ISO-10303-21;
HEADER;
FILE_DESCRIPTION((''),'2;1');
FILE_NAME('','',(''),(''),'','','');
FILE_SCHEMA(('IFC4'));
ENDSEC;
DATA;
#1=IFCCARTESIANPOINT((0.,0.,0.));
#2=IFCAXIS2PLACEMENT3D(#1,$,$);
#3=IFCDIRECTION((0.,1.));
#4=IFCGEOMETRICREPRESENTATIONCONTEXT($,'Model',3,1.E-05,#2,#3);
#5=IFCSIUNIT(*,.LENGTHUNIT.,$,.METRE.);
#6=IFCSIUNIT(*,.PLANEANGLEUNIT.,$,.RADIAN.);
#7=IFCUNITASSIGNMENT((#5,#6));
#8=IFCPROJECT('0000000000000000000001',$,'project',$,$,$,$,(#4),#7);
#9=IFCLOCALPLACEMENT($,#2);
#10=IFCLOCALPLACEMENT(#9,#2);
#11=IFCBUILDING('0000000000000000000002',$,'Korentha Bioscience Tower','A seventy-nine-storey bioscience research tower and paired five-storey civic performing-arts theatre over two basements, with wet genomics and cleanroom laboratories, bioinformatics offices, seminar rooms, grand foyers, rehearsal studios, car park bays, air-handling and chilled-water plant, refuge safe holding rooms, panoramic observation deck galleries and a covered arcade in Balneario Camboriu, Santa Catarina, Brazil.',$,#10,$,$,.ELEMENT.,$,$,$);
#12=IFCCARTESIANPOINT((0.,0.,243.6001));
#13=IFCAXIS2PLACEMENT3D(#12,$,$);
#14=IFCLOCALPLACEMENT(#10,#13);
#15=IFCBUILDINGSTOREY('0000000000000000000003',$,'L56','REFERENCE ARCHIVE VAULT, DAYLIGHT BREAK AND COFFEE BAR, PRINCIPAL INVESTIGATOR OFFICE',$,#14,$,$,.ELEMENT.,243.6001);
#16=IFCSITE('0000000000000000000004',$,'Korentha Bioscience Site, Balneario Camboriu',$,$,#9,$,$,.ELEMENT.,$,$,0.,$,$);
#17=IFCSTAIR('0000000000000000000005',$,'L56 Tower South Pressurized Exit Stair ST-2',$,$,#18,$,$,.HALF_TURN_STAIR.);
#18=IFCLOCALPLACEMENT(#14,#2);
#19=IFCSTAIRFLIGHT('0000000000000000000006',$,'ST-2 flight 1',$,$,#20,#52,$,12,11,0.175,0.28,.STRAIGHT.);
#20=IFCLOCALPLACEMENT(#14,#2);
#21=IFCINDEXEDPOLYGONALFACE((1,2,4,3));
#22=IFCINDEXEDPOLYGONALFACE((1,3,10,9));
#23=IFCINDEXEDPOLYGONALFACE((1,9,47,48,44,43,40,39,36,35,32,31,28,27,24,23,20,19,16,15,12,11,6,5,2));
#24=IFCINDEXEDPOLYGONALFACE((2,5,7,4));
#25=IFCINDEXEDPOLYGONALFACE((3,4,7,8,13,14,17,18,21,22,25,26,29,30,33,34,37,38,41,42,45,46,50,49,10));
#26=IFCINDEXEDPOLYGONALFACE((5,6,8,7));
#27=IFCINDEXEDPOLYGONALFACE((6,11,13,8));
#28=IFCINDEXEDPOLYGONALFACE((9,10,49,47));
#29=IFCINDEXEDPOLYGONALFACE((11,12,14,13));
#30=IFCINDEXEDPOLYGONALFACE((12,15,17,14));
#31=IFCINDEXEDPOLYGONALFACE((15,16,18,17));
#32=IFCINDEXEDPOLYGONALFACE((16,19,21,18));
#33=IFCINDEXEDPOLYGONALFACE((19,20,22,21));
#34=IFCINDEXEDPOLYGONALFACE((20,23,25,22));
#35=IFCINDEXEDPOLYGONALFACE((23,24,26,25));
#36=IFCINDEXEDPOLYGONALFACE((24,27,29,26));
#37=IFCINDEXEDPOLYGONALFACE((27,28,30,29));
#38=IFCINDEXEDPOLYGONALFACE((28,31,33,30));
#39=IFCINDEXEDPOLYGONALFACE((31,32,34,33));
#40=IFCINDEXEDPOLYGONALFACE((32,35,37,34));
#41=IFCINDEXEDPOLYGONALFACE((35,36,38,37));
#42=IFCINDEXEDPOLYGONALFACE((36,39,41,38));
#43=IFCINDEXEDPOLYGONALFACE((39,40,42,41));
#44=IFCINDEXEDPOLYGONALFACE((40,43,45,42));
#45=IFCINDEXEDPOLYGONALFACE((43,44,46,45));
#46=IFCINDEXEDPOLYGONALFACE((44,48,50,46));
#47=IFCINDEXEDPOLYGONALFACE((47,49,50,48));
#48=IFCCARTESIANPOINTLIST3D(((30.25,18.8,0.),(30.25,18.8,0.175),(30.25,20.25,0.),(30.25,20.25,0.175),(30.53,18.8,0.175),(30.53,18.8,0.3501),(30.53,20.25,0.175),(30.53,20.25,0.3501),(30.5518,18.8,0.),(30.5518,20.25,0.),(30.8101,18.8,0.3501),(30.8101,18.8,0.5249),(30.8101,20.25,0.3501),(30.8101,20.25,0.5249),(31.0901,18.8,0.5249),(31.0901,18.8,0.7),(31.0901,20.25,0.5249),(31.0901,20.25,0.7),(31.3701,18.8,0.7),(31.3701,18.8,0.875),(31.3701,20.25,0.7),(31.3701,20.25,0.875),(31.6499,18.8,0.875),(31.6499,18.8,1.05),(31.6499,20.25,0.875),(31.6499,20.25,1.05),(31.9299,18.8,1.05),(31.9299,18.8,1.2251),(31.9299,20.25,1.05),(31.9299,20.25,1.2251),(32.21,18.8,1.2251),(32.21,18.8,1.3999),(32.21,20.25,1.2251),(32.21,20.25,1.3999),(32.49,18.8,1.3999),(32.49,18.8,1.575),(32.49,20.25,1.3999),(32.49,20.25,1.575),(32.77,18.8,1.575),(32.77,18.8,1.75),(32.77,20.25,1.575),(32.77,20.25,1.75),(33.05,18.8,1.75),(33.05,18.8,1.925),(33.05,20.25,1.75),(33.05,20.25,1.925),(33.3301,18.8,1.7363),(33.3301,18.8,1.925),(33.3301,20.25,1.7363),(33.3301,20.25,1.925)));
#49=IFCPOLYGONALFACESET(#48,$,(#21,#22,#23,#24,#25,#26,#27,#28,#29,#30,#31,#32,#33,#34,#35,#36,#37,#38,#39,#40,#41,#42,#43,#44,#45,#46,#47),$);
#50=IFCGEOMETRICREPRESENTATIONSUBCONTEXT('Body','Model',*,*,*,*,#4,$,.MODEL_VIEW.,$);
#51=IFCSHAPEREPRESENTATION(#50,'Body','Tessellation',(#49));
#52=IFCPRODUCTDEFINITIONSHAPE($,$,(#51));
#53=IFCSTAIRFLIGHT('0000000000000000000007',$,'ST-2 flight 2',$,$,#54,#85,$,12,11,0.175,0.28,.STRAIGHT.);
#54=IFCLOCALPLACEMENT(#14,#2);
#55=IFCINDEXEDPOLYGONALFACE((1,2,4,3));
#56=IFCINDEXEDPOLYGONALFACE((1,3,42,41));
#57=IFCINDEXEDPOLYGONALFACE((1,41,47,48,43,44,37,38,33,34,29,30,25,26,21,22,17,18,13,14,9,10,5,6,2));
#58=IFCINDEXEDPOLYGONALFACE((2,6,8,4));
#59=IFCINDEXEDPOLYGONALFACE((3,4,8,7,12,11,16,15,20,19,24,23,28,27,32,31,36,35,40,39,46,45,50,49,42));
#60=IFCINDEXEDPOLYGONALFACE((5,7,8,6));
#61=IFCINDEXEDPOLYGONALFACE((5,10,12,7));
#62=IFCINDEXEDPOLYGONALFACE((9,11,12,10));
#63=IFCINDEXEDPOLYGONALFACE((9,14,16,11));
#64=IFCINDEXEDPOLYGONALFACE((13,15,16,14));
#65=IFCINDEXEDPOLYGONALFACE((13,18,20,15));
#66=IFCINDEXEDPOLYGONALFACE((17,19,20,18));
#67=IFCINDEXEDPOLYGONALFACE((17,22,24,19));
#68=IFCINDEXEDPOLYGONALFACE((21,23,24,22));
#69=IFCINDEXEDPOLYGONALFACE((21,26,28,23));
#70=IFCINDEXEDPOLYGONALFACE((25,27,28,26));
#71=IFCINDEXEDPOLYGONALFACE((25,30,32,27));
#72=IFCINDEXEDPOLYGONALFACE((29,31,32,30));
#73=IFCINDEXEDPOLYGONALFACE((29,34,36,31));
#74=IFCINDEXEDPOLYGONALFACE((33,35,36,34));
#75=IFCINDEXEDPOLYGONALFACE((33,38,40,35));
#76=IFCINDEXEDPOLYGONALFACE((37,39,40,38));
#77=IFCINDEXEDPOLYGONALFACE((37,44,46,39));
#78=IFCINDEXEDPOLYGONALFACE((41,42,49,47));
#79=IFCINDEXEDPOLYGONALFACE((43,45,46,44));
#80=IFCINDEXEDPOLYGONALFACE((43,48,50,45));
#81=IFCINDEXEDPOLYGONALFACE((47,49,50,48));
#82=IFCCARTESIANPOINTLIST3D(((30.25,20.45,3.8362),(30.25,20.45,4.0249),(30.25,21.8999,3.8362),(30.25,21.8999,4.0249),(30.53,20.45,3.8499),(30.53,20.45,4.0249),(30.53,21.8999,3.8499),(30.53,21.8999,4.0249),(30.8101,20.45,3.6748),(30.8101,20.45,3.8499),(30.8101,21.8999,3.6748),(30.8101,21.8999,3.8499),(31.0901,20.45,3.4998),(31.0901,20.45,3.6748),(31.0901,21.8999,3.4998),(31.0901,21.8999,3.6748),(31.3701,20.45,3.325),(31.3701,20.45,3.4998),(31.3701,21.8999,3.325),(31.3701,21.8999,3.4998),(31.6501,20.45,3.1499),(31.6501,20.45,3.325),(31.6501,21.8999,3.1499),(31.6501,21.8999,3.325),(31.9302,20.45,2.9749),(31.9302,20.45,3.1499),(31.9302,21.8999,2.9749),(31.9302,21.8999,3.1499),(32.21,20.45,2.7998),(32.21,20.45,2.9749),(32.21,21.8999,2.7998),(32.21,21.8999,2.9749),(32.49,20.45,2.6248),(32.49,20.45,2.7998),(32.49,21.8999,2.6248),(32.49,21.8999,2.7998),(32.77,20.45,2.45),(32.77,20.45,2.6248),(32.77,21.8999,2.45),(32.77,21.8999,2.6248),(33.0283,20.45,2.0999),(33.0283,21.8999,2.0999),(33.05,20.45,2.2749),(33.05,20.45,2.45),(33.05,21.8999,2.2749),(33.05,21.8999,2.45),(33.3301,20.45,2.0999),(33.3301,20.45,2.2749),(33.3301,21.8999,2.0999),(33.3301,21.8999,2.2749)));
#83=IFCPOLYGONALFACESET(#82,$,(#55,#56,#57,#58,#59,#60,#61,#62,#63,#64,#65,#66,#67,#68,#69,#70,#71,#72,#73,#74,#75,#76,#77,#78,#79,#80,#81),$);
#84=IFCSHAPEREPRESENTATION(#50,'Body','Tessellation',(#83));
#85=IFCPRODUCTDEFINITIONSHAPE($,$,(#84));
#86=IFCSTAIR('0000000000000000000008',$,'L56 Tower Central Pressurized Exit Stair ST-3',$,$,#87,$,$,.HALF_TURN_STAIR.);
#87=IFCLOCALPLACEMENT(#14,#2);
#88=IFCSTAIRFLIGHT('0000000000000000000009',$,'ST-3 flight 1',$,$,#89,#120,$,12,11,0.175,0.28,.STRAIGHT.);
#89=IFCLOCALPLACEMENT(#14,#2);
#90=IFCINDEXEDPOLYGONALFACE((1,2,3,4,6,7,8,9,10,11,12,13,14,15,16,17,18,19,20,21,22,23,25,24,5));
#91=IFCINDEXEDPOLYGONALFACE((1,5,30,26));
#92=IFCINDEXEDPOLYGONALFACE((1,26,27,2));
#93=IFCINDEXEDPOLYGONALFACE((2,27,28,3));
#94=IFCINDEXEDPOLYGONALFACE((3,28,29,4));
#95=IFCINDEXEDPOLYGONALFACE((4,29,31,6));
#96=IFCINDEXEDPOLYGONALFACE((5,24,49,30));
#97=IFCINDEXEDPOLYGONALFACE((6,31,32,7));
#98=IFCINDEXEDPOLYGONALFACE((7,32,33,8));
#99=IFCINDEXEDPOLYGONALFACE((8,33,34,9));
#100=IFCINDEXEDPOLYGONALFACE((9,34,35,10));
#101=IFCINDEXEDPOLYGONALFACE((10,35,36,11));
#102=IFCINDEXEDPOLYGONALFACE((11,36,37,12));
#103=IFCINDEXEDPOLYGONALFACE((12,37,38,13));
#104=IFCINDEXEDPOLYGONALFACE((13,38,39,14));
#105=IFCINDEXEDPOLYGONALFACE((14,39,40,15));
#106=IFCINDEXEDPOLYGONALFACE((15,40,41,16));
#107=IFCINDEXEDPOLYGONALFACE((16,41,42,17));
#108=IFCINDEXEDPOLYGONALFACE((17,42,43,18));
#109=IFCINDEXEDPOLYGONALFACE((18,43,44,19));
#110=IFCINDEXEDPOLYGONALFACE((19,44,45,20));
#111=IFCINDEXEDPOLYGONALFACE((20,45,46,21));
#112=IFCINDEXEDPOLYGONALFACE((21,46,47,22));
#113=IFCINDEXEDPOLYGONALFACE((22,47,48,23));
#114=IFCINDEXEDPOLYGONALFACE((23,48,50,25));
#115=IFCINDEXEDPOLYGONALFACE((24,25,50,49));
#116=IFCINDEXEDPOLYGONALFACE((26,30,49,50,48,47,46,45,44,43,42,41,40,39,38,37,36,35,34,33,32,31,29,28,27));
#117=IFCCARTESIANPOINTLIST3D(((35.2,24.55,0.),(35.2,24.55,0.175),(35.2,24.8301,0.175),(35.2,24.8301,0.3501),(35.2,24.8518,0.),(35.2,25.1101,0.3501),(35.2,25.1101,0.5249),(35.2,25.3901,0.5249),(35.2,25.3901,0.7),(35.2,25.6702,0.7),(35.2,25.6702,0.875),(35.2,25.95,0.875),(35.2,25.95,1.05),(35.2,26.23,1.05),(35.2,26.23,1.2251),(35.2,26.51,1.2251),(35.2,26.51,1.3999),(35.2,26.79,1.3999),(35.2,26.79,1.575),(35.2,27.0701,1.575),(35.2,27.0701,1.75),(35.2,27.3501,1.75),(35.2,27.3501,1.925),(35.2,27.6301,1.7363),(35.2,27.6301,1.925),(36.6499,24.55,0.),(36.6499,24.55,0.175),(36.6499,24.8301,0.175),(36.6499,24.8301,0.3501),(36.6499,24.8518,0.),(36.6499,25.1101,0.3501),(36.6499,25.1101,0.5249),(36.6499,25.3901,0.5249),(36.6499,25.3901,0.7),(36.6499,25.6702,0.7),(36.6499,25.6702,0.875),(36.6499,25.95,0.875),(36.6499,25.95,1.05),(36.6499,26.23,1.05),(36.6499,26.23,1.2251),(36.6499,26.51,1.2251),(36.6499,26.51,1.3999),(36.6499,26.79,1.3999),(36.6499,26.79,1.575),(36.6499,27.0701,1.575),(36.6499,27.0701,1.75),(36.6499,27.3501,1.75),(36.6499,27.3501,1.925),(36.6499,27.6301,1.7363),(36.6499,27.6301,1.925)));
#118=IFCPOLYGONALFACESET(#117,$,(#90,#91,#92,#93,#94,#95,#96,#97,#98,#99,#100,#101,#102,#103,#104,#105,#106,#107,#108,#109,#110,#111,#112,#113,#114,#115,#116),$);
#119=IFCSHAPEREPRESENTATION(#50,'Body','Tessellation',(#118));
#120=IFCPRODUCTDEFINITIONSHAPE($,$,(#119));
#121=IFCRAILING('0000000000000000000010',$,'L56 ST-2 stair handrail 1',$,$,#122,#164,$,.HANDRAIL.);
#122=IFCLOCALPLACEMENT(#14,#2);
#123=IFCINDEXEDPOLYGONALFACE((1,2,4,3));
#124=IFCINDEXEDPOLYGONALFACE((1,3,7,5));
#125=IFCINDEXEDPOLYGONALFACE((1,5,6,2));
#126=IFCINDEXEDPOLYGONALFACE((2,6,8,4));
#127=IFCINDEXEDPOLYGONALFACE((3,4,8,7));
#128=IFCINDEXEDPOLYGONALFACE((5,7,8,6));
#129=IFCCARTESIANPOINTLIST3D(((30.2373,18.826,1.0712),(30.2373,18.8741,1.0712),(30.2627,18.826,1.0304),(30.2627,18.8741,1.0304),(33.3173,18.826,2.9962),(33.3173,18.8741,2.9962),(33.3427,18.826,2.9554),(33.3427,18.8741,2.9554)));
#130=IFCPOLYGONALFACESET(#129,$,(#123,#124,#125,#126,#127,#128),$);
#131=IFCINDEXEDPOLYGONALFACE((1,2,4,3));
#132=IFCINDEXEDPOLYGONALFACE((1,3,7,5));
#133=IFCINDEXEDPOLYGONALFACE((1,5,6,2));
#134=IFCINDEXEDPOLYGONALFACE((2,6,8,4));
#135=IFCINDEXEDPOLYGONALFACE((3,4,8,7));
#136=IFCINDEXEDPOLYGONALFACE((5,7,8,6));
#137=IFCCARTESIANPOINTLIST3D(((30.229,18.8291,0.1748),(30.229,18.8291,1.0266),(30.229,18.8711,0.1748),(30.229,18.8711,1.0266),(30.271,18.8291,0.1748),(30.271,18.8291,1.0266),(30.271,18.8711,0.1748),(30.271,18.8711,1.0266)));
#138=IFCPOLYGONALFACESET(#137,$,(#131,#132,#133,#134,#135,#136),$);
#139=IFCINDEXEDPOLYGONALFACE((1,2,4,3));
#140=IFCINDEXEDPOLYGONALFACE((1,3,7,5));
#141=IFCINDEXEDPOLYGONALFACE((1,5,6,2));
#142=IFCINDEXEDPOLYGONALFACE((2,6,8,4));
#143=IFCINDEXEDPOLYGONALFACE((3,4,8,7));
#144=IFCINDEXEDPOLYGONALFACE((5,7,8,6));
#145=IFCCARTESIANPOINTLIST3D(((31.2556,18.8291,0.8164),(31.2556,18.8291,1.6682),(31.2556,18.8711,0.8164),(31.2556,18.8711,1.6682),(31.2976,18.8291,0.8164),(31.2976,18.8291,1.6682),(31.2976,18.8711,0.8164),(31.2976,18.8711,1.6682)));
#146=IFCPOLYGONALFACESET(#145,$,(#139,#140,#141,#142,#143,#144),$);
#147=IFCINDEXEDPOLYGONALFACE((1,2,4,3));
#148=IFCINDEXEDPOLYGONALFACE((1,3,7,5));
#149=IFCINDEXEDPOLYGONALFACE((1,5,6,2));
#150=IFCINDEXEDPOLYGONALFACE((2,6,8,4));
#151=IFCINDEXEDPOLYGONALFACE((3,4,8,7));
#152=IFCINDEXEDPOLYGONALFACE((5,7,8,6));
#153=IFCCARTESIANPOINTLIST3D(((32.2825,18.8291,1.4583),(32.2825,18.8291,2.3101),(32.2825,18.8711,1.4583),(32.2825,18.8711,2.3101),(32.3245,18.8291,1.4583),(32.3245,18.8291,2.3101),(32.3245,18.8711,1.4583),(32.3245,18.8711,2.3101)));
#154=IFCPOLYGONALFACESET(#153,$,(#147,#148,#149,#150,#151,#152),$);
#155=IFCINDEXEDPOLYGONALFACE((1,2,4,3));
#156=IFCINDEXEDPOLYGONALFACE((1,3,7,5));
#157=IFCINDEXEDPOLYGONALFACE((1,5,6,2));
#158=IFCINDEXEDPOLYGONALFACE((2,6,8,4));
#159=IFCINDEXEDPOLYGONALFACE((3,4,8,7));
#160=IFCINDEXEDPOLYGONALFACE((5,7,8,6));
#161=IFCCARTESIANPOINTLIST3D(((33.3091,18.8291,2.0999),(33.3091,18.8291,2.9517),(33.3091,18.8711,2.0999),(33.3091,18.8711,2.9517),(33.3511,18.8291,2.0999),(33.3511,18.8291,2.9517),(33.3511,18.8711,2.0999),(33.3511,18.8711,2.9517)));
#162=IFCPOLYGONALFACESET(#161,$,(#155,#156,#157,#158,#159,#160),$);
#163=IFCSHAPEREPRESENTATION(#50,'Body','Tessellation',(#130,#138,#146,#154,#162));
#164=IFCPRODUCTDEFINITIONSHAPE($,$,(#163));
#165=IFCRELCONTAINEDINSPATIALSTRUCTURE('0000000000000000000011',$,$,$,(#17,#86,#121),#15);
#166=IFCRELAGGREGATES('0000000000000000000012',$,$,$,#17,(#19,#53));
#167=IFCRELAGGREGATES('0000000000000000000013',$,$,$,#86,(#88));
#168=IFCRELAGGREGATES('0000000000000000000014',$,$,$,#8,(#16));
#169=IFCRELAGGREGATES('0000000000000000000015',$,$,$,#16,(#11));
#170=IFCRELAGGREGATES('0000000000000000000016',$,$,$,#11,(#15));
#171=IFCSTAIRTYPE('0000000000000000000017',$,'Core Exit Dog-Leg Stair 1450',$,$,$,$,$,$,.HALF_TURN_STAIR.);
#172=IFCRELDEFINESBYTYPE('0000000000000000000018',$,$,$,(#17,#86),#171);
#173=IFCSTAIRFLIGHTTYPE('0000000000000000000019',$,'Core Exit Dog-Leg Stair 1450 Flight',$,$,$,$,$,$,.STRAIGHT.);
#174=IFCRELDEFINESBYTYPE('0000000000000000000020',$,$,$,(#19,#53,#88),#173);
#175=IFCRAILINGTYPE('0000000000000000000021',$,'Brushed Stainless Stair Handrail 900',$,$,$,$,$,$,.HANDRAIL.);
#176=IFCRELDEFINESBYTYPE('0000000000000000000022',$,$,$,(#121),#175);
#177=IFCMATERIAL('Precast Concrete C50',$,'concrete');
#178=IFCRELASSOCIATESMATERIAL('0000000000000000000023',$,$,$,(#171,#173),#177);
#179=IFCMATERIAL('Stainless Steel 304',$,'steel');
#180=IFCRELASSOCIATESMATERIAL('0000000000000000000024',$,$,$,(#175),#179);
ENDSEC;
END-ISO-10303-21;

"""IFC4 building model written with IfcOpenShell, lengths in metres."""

from ifc_helpers import new_model, si_unit, direction, frame, origin, origin_2d, place, context, subcontext, project, spatial, polyline, rectangle, outline, extrude, material, type_object, element, aggregate, save


model = new_model("IFC4")

# Units and contexts
model_context = context("Model", 3, precision=1e-05, world=origin(), true_north=direction((0.0, 1.0)))
body_context = subcontext(model_context, "Body", "Model", "MODEL_VIEW")
ifc_project = project(units=[si_unit("LENGTHUNIT", "METRE"), si_unit("PLANEANGLEUNIT", "RADIAN")], contexts=[model_context])

# Site, building, storey
site_placement = place(None, origin())
site = spatial("IfcSite", under=ifc_project, at=site_placement, Name="Korentha Bioscience Site, Balneario Camboriu", CompositionType="ELEMENT", RefElevation=0.0)
building_placement = place(site_placement, origin())
building = spatial("IfcBuilding", under=site, at=building_placement, Name="Korentha Bioscience Tower", Description="A seventy-nine-storey bioscience research tower and paired five-storey civic performing-arts theatre over two basements, with wet genomics and cleanroom laboratories, bioinformatics offices, seminar rooms, grand foyers, rehearsal studios, car park bays, air-handling and chilled-water plant, refuge safe holding rooms, panoramic observation deck galleries and a covered arcade in Balneario Camboriu, Santa Catarina, Brazil.", CompositionType="ELEMENT")
storey_placement = place(building_placement, frame((0.0, 0.0, 243.6001)))
storey = spatial("IfcBuildingStorey", under=building, at=storey_placement, Name="L56", Description="REFERENCE ARCHIVE VAULT, DAYLIGHT BREAK AND COFFEE BAR, PRINCIPAL INVESTIGATOR OFFICE", CompositionType="ELEMENT", Elevation=243.6001)

# Stair, stair flights
ifc_material_1 = material(Name="Precast Concrete C50", Category="concrete")
stair_type = type_object("IfcStairType", Name="Core Exit Dog-Leg Stair 1450", PredefinedType="HALF_TURN_STAIR", material=ifc_material_1)
stair_1_placement = place(storey_placement, origin())
stair_1 = element("IfcStair", 1, at=stair_1_placement, inside=storey, type_object=stair_type, Name="L56 Tower South Pressurized Exit Stair ST-2", PredefinedType="HALF_TURN_STAIR")
stair_flight_type = type_object("IfcStairFlightType", Name="Core Exit Dog-Leg Stair 1450 Flight", PredefinedType="STRAIGHT", material=ifc_material_1)
stair_flight_1_placement = place(storey_placement, frame((30.25, 19.5249, 0.0), z_axis=(0.0, 0.0, 1.0), x_axis=(1.0, 0.0, 0.0)))
stair_flight_1 = element("IfcStairFlight", 2, at=stair_flight_1_placement, type_object=stair_flight_type, Name="ST-2 flight 1", NumberOfRisers=12, NumberOfTreads=11, PredefinedType="STRAIGHT", RiserHeight=0.175, TreadLength=0.28, context=body_context, shape_type="SweptSolid", body=[
    extrude(outline(polyline([(0.0, 0.0), (0.0, 0.175), (0.28, 0.175), (0.28, 0.3501), (0.5601, 0.3501), (0.5601, 0.5249), (0.8401, 0.5249), (0.8401, 0.7), (1.1201, 0.7), (1.1201, 0.875), (1.3999, 0.875), (1.3999, 1.05), (1.6799, 1.05), (1.6799, 1.2251), (1.96, 1.2251), (1.96, 1.3999), (2.24, 1.3999), (2.24, 1.575), (2.52, 1.575), (2.52, 1.75), (2.8, 1.75), (2.8, 1.925), (3.0801, 1.925), (3.0801, 2.1001), (3.0801, 1.7363), (0.3018, 0.0), (0.0, 0.0)])), frame((0.0, 0.7251, 0.0), z_axis=(0.0, -1.0, 0.0), x_axis=(1.0, 0.0, 0.0)), (0.0, 0.0, 1.0), 1.45),
])
stair_flight_2_placement = place(storey_placement, frame((33.3301, 21.175, 2.0999), z_axis=(0.0, 0.0, 1.0), x_axis=(-1.0, 0.0, 0.0)))
stair_flight_2 = element("IfcStairFlight", 3, at=stair_flight_2_placement, type_object=stair_flight_type, Name="ST-2 flight 2", NumberOfRisers=12, NumberOfTreads=11, PredefinedType="STRAIGHT", RiserHeight=0.175, TreadLength=0.28, context=body_context, shape_type="SweptSolid", body=[
    extrude(outline(polyline([(0.0, 0.0), (0.0, 0.175), (0.28, 0.175), (0.28, 0.3501), (0.5601, 0.3501), (0.5601, 0.5249), (0.8401, 0.5249), (0.8401, 0.7), (1.1201, 0.7), (1.1201, 0.875), (1.3999, 0.875), (1.3999, 1.05), (1.6799, 1.05), (1.6799, 1.2251), (1.96, 1.2251), (1.96, 1.3999), (2.24, 1.3999), (2.24, 1.575), (2.52, 1.575), (2.52, 1.75), (2.8, 1.75), (2.8, 1.925), (3.0801, 1.925), (3.0801, 2.1001), (3.0801, 1.7363), (0.3018, 0.0), (0.0, 0.0)])), frame((0.0, 0.7251, 0.0), z_axis=(0.0, -1.0, 0.0), x_axis=(1.0, 0.0, 0.0)), (0.0, 0.0, 1.0), 1.45),
])
aggregate(stair_1, [stair_flight_1, stair_flight_2])

# Stair, stair flight
stair_2_placement = place(storey_placement, origin())
stair_2 = element("IfcStair", 4, at=stair_2_placement, inside=storey, type_object=stair_type, Name="L56 Tower Central Pressurized Exit Stair ST-3", PredefinedType="HALF_TURN_STAIR")
stair_flight_3_placement = place(storey_placement, frame((35.925, 24.55, 0.0), z_axis=(0.0, 0.0, 1.0), x_axis=(0.0, 1.0, 0.0)))
stair_flight_3 = element("IfcStairFlight", 5, at=stair_flight_3_placement, type_object=stair_flight_type, Name="ST-3 flight 1", NumberOfRisers=12, NumberOfTreads=11, PredefinedType="STRAIGHT", RiserHeight=0.175, TreadLength=0.28, context=body_context, shape_type="SweptSolid", body=[
    extrude(outline(polyline([(0.0, 0.0), (0.0, 0.175), (0.28, 0.175), (0.28, 0.3501), (0.5601, 0.3501), (0.5601, 0.5249), (0.8401, 0.5249), (0.8401, 0.7), (1.1201, 0.7), (1.1201, 0.875), (1.3999, 0.875), (1.3999, 1.05), (1.6799, 1.05), (1.6799, 1.2251), (1.96, 1.2251), (1.96, 1.3999), (2.24, 1.3999), (2.24, 1.575), (2.52, 1.575), (2.52, 1.75), (2.8, 1.75), (2.8, 1.925), (3.0801, 1.925), (3.0801, 2.1001), (3.0801, 1.7363), (0.3018, 0.0), (0.0, 0.0)])), frame((0.0, 0.7251, 0.0), z_axis=(0.0, -1.0, 0.0), x_axis=(1.0, 0.0, 0.0)), (0.0, 0.0, 1.0), 1.45),
])
aggregate(stair_2, [stair_flight_3])

# Railing
ifc_material_2 = material(Name="Stainless Steel 304", Category="steel")
railing_type_1 = type_object("IfcRailingType", Name="Brushed Stainless Stair Handrail 900", PredefinedType="HANDRAIL", material=ifc_material_2)
railing_1_placement = place(storey_placement, frame((30.25, 18.8501, 0.1748)))
element("IfcRailing", 6, at=railing_1_placement, inside=storey, type_object=railing_type_1, Name="L56 ST-2 stair handrail 1", PredefinedType="HANDRAIL", context=body_context, shape_type="SweptSolid", body=[
    extrude(rectangle(XDim=0.0481, YDim=0.0481, at=origin_2d()), frame((0.0, 0.0, 0.876), z_axis=(0.847998, 0.0, 0.529999), x_axis=(0.0, 1.0, 0.0)), (0.0, 0.0, 1.0), 3.6321),
    extrude(rectangle(XDim=0.042, YDim=0.042, at=origin_2d()), origin(), (0.0, 0.0, 1.0), 0.8518),
    extrude(rectangle(XDim=0.042, YDim=0.042, at=origin_2d()), frame((1.0266, 0.0, 0.6416)), (0.0, 0.0, 1.0), 0.8518),
    extrude(rectangle(XDim=0.042, YDim=0.042, at=origin_2d()), frame((2.0535, 0.0, 1.2834)), (0.0, 0.0, 1.0), 0.8518),
    extrude(rectangle(XDim=0.042, YDim=0.042, at=origin_2d()), frame((3.0801, 0.0, 1.925)), (0.0, 0.0, 1.0), 0.8518),
])

save(model, "model.ifc")
